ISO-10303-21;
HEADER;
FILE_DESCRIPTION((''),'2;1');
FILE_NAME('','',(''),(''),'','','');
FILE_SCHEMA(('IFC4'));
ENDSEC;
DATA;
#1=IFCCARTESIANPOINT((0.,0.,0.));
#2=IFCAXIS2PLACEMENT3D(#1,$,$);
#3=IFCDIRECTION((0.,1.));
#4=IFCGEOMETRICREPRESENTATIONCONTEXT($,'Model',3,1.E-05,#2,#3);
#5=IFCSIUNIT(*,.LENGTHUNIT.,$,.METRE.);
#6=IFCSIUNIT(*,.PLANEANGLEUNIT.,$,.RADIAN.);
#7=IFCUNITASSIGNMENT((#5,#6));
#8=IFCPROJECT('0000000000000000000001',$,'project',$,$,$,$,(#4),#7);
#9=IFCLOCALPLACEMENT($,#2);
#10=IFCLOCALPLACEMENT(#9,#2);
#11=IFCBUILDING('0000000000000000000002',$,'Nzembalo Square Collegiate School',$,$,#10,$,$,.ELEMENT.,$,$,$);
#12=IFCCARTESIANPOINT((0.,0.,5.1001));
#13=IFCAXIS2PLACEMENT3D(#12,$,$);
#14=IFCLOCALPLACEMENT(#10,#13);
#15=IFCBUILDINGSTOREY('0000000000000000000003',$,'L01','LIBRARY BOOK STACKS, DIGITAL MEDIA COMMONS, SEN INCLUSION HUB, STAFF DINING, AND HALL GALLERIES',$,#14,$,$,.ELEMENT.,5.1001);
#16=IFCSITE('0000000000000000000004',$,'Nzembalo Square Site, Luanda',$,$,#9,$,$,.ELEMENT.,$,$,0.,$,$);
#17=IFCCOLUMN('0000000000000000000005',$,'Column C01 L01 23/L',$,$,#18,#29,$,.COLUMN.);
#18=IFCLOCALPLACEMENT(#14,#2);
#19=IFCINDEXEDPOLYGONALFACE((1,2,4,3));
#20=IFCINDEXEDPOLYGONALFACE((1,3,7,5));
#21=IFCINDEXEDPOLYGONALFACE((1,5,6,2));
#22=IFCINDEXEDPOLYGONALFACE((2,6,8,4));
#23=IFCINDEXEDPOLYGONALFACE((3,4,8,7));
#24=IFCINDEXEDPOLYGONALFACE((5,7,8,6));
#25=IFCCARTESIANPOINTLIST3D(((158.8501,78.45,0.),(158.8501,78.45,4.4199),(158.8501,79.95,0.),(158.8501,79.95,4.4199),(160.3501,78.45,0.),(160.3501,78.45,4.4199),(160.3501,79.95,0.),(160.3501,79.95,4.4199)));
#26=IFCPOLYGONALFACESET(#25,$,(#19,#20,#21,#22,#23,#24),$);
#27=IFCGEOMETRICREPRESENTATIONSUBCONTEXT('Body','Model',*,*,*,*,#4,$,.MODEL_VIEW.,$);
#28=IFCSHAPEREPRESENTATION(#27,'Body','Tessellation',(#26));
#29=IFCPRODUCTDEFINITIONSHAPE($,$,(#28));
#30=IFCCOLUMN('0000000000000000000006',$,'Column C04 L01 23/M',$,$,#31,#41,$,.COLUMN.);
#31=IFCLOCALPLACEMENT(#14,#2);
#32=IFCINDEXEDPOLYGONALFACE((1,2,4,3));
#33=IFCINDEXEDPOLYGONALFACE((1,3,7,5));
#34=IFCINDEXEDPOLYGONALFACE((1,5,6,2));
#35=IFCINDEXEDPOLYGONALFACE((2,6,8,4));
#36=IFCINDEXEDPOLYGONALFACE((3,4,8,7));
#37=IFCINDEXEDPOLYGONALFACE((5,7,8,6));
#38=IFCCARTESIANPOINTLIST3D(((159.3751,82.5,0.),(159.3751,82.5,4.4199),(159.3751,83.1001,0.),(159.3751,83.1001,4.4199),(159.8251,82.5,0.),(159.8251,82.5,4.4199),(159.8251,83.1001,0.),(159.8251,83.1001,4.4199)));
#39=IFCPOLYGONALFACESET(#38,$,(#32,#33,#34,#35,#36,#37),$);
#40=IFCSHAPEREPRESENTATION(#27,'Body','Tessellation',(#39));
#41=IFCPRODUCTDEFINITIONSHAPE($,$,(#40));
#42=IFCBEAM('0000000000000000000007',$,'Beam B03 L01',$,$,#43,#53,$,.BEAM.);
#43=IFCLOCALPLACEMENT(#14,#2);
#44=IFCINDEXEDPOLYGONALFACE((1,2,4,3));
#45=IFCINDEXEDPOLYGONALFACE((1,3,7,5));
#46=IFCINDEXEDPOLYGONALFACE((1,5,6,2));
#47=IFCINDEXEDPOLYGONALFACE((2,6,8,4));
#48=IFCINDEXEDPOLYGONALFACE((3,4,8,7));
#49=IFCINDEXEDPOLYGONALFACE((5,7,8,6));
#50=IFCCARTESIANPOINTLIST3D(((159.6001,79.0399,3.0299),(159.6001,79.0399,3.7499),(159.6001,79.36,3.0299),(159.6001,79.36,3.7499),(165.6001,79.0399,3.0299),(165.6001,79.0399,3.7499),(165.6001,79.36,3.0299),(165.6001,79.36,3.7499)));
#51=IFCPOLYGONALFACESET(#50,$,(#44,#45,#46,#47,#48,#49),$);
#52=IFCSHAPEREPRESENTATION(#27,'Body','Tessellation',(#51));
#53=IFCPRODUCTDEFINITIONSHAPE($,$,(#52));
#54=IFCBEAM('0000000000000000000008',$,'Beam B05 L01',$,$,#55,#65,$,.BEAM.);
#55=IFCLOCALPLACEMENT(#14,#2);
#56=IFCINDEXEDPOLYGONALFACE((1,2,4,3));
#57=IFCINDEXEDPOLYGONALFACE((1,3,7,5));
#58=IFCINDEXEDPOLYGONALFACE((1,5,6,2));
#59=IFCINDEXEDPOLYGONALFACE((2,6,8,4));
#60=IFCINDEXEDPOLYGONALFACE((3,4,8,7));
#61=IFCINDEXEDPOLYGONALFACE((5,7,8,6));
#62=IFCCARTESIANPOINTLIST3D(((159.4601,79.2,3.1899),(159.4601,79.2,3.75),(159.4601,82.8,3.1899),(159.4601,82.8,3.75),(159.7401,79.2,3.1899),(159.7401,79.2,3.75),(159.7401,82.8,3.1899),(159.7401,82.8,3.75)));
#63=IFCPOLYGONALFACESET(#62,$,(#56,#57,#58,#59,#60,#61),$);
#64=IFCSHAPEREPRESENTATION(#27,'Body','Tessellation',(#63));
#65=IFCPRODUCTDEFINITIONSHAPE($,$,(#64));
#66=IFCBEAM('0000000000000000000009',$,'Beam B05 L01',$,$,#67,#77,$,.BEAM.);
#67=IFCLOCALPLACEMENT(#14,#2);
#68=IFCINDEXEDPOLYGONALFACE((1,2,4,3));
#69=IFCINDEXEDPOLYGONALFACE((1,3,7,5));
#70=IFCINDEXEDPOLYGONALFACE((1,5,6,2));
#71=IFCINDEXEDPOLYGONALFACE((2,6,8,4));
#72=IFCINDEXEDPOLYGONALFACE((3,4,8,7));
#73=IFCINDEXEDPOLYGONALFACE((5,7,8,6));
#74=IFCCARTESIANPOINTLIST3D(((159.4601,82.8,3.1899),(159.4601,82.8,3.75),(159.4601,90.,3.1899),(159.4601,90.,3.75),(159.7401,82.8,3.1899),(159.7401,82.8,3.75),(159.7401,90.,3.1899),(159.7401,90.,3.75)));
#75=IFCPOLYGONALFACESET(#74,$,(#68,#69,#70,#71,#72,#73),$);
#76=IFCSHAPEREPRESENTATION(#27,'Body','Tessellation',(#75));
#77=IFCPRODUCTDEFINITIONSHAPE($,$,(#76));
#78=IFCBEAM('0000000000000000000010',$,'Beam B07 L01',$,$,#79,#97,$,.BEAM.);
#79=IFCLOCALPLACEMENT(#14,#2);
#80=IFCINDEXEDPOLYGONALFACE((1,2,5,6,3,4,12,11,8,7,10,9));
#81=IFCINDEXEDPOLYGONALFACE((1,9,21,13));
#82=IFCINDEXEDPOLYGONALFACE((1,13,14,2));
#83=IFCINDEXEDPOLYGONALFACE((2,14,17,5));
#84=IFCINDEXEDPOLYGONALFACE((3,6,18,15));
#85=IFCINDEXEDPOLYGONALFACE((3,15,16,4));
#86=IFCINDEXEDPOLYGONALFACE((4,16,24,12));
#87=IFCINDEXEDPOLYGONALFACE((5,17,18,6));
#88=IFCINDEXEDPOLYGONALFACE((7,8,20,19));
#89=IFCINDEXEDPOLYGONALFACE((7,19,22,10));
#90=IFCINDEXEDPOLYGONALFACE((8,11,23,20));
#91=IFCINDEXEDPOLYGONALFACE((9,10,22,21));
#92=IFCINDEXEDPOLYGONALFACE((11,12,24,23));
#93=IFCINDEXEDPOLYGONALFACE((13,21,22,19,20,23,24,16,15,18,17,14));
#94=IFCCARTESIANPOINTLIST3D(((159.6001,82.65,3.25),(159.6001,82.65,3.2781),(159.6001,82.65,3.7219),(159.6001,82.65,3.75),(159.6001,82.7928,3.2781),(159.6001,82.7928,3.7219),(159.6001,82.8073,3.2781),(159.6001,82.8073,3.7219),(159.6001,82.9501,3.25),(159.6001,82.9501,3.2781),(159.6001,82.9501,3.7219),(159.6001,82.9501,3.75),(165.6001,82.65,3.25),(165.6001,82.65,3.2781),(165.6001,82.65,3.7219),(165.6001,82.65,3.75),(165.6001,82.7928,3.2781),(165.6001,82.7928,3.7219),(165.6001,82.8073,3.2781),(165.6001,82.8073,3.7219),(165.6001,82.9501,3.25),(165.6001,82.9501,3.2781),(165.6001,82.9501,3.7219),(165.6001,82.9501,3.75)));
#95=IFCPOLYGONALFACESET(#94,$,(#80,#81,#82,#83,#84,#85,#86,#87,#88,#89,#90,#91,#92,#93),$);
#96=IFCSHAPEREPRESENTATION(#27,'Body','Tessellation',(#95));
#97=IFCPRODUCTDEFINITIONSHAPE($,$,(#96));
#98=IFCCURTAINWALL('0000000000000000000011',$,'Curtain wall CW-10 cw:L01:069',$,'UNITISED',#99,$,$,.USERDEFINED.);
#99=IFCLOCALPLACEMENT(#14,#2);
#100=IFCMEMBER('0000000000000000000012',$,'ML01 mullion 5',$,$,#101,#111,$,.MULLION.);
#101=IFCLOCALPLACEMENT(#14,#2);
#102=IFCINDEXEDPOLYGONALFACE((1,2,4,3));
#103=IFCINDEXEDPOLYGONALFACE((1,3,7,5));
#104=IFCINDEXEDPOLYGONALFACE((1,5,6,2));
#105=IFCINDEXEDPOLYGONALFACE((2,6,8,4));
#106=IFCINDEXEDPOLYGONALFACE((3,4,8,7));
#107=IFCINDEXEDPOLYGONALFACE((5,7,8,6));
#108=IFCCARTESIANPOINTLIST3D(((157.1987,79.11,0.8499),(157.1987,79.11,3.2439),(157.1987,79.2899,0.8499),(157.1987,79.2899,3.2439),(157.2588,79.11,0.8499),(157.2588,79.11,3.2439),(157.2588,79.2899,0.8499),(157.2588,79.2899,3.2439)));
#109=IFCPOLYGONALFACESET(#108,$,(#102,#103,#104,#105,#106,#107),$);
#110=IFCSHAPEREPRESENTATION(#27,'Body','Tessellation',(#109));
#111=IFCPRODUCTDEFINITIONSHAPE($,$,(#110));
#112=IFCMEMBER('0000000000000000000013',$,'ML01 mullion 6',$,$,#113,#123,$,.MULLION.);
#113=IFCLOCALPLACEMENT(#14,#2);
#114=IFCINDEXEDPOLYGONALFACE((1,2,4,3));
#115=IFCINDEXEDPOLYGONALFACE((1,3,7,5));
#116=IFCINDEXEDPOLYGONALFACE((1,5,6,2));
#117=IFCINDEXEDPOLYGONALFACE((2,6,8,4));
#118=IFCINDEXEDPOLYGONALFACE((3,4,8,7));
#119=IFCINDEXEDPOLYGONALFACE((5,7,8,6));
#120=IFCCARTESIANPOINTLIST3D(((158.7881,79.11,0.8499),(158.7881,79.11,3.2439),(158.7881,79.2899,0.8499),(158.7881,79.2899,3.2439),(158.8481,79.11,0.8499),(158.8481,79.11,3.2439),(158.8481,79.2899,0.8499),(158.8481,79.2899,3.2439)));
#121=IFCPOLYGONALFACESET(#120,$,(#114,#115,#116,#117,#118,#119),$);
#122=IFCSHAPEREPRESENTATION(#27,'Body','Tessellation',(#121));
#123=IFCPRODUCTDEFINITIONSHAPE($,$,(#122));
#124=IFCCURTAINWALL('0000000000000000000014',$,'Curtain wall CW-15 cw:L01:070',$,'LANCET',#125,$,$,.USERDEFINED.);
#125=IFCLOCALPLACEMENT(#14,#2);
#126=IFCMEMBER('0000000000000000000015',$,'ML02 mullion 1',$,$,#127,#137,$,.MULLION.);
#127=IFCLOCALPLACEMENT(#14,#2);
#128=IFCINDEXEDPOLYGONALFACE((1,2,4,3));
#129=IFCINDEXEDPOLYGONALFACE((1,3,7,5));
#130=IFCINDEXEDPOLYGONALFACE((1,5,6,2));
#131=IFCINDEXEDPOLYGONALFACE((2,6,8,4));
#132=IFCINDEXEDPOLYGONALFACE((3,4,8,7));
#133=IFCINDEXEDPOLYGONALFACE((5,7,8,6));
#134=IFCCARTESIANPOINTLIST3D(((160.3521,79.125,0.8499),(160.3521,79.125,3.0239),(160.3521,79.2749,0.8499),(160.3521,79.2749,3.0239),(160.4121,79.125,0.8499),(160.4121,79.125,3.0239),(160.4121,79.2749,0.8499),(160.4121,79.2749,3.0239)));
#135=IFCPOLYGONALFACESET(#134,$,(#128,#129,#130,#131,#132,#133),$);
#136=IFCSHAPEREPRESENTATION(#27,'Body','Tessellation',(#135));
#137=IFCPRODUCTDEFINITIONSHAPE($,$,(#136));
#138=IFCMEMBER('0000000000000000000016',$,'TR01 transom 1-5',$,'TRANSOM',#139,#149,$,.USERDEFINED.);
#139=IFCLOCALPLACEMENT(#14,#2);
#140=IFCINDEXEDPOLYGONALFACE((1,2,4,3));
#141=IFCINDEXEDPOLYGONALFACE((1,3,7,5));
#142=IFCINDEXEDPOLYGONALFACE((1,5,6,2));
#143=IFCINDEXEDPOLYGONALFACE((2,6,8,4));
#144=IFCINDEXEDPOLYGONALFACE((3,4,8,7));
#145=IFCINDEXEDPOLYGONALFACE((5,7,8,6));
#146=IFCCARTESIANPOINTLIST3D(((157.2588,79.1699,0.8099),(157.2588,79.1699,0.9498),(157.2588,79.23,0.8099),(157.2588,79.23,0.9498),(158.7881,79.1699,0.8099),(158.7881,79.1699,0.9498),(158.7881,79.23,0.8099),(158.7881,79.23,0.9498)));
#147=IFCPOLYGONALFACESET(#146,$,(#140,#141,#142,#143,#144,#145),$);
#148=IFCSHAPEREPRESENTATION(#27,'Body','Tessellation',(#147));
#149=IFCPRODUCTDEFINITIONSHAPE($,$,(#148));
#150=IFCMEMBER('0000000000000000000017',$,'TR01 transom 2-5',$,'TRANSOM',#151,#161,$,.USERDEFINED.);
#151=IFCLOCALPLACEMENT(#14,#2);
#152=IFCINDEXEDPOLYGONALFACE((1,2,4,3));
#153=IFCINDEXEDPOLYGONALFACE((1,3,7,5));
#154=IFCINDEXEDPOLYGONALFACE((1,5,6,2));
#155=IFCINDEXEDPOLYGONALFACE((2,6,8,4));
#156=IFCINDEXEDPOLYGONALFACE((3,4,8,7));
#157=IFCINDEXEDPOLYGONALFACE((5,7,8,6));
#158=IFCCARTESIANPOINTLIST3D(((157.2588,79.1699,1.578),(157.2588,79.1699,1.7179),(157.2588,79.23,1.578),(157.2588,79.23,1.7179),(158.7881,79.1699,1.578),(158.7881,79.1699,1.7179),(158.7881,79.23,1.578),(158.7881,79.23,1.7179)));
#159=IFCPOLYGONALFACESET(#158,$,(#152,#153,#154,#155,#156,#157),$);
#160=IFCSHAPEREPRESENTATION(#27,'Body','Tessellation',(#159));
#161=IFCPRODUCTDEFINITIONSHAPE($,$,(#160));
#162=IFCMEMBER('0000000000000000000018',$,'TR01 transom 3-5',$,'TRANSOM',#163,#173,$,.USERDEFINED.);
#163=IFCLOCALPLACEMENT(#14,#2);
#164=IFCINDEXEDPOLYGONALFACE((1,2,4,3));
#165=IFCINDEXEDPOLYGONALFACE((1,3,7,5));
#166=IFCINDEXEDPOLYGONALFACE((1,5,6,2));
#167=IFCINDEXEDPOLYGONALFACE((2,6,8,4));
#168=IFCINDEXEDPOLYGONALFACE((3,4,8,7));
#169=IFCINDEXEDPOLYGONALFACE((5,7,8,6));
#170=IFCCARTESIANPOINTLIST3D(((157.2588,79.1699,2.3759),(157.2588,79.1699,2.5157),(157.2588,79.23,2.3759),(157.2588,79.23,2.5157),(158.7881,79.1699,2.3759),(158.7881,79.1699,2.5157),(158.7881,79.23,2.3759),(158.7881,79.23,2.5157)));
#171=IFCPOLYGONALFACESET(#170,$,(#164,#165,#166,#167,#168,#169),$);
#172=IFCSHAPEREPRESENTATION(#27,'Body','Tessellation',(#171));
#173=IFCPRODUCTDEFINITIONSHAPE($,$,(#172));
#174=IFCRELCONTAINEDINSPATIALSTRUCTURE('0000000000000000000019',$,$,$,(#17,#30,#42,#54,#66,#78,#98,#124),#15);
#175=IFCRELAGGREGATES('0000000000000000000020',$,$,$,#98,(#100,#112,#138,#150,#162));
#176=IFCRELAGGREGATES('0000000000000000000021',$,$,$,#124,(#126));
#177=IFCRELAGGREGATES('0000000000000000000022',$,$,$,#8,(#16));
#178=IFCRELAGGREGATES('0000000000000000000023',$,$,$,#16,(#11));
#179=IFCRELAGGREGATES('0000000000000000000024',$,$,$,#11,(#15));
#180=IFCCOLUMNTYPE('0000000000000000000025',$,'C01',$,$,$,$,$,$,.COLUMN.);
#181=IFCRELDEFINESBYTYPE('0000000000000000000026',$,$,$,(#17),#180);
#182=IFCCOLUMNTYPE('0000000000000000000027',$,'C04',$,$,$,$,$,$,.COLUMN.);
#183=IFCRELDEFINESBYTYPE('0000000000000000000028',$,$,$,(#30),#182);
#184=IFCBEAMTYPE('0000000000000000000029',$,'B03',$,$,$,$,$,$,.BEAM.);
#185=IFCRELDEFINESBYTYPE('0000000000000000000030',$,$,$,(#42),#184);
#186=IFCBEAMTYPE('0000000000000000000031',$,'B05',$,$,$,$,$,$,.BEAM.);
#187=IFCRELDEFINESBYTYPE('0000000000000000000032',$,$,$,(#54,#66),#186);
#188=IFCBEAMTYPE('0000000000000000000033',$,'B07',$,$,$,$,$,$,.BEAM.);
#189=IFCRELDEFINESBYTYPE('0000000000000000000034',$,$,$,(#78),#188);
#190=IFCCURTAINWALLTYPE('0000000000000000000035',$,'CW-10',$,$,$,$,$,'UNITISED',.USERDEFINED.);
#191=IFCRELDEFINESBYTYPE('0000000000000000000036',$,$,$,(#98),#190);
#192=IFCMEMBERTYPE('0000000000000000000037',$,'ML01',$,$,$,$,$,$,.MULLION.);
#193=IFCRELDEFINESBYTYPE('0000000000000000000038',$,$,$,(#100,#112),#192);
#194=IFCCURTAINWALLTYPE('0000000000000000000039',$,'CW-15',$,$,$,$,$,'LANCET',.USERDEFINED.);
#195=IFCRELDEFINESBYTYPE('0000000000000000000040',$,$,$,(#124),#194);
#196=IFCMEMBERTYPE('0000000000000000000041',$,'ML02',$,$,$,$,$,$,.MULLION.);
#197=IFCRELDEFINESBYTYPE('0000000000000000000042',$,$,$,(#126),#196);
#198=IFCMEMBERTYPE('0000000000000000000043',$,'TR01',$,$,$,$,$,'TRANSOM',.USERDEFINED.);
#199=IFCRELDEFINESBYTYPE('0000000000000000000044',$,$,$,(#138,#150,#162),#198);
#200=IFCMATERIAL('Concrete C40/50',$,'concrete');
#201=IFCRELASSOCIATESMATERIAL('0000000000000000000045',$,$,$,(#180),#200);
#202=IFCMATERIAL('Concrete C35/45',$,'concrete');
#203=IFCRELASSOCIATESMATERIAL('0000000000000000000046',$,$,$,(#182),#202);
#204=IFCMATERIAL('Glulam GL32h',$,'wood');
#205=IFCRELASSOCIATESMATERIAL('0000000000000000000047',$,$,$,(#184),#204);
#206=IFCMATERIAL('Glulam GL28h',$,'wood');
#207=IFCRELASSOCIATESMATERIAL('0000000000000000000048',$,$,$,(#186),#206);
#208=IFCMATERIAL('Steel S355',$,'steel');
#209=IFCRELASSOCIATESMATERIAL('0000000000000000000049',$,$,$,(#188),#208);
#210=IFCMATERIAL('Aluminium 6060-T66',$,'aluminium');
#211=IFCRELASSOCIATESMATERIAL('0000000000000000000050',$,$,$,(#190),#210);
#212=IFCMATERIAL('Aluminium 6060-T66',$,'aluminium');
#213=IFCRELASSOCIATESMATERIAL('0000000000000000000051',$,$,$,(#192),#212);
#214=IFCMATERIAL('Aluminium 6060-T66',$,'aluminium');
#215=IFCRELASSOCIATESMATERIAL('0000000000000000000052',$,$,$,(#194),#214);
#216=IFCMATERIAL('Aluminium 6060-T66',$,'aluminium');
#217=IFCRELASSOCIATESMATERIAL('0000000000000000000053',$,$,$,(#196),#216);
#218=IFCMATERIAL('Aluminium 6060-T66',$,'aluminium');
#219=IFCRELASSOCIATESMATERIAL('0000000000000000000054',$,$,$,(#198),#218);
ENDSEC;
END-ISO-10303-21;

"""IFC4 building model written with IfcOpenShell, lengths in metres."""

from ifc_helpers import new_model, si_unit, direction, frame, origin, origin_2d, place, context, subcontext, project, spatial, rectangle, i_section, extrude, material, material_profile, profile_set, type_object, element, aggregate, save


model = new_model("IFC4")

# Units and contexts
model_context = context("Model", 3, precision=1e-05, world=origin(), true_north=direction((0.0, 1.0)))
body_context = subcontext(model_context, "Body", "Model", "MODEL_VIEW")
ifc_project = project(units=[si_unit("LENGTHUNIT", "METRE"), si_unit("PLANEANGLEUNIT", "RADIAN")], contexts=[model_context])

# Site, building, storey
site_placement = place(None, origin())
site = spatial("IfcSite", under=ifc_project, at=site_placement, Name="Nzembalo Square Site, Luanda", CompositionType="ELEMENT", RefElevation=0.0)
building_placement = place(site_placement, origin())
building = spatial("IfcBuilding", under=site, at=building_placement, Name="Nzembalo Square Collegiate School", CompositionType="ELEMENT")
storey_placement = place(building_placement, frame((0.0, 0.0, 5.1001)))
storey = spatial("IfcBuildingStorey", under=building, at=storey_placement, Name="L01", Description="LIBRARY BOOK STACKS, DIGITAL MEDIA COMMONS, SEN INCLUSION HUB, STAFF DINING, AND HALL GALLERIES", CompositionType="ELEMENT", Elevation=5.1001)

# Columns
ifc_material_1 = material(Name="Concrete C40/50", Category="concrete")
ifc_material_profile_1 = material_profile(ifc_material_1, rectangle(XDim=1.5, YDim=1.5, at=origin_2d()), Name="RC 1500x1500")
ifc_profile_set_1 = profile_set([ifc_material_profile_1], Name="Concrete C40/50")
column_type_1 = type_object("IfcColumnType", Name="C01", PredefinedType="COLUMN", material=ifc_profile_set_1)
column_1_placement = place(storey_placement, frame((159.6001, 79.2, 0.0), z_axis=(0.0, 0.0, 1.0), x_axis=(1.0, 0.0, 0.0)))
element("IfcColumn", 1, at=column_1_placement, inside=storey, type_object=column_type_1, Name="Column C01 L01 23/L", PredefinedType="COLUMN", context=body_context, shape_type="SweptSolid", body=[
    extrude(rectangle(XDim=1.5, YDim=1.5, at=origin_2d()), origin(), (0.0, 0.0, 1.0), 4.4199),
])
ifc_material_2 = material(Name="Concrete C35/45", Category="concrete")
ifc_material_profile_2 = material_profile(ifc_material_2, rectangle(XDim=0.45, YDim=0.6001, at=origin_2d()), Name="RC 450x600")
ifc_profile_set_2 = profile_set([ifc_material_profile_2], Name="Concrete C35/45")
column_type_2 = type_object("IfcColumnType", Name="C04", PredefinedType="COLUMN", material=ifc_profile_set_2)
column_2_placement = place(storey_placement, frame((159.6001, 82.8, 0.0), z_axis=(0.0, 0.0, 1.0), x_axis=(1.0, 0.0, 0.0)))
element("IfcColumn", 2, at=column_2_placement, inside=storey, type_object=column_type_2, Name="Column C04 L01 23/M", PredefinedType="COLUMN", context=body_context, shape_type="SweptSolid", body=[
    extrude(rectangle(XDim=0.45, YDim=0.6001, at=origin_2d()), origin(), (0.0, 0.0, 1.0), 4.4199),
])

# Beams
ifc_material_3 = material(Name="Glulam GL32h", Category="wood")
ifc_material_profile_3 = material_profile(ifc_material_3, rectangle(XDim=0.3201, YDim=0.72, at=origin_2d()), Name="GL32h 320x720")
ifc_profile_set_3 = profile_set([ifc_material_profile_3], Name="Glulam GL32h")
beam_type_1 = type_object("IfcBeamType", Name="B03", PredefinedType="BEAM", material=ifc_profile_set_3)
beam_1_placement = place(storey_placement, frame((159.6001, 79.2, 3.3899), z_axis=(1.0, 0.0, 0.0), x_axis=(0.0, 1.0, 0.0)))
element("IfcBeam", 3, at=beam_1_placement, inside=storey, type_object=beam_type_1, Name="Beam B03 L01", PredefinedType="BEAM", context=body_context, shape_type="SweptSolid", body=[
    extrude(rectangle(XDim=0.3201, YDim=0.72, at=origin_2d()), origin(), (0.0, 0.0, 1.0), 6.0),
])
ifc_material_4 = material(Name="Glulam GL28h", Category="wood")
ifc_material_profile_4 = material_profile(ifc_material_4, rectangle(XDim=0.28, YDim=0.5601, at=origin_2d()), Name="GL28h 280x560")
ifc_profile_set_4 = profile_set([ifc_material_profile_4], Name="Glulam GL28h")
beam_type_2 = type_object("IfcBeamType", Name="B05", PredefinedType="BEAM", material=ifc_profile_set_4)
beam_2_placement = place(storey_placement, frame((159.6001, 79.2, 3.47), z_axis=(0.0, 1.0, 0.0), x_axis=(-1.0, 0.0, 0.0)))
element("IfcBeam", 4, at=beam_2_placement, inside=storey, type_object=beam_type_2, Name="Beam B05 L01", PredefinedType="BEAM", context=body_context, shape_type="SweptSolid", body=[
    extrude(rectangle(XDim=0.28, YDim=0.5601, at=origin_2d()), origin(), (0.0, 0.0, 1.0), 3.6001),
])
beam_3_placement = place(storey_placement, frame((159.6001, 82.8, 3.47), z_axis=(0.0, 1.0, 0.0), x_axis=(-1.0, 0.0, 0.0)))
element("IfcBeam", 5, at=beam_3_placement, inside=storey, type_object=beam_type_2, Name="Beam B05 L01", PredefinedType="BEAM", context=body_context, shape_type="SweptSolid", body=[
    extrude(rectangle(XDim=0.28, YDim=0.5601, at=origin_2d()), origin(), (0.0, 0.0, 1.0), 7.2),
])
ifc_material_5 = material(Name="Steel S355", Category="steel")
ifc_material_profile_5 = material_profile(ifc_material_5, i_section(OverallWidth=0.3, OverallDepth=0.5, WebThickness=0.0144, FlangeThickness=0.0281, at=origin_2d()), Name="HEB 500")
ifc_profile_set_5 = profile_set([ifc_material_profile_5], Name="Steel S355")
beam_type_3 = type_object("IfcBeamType", Name="B07", PredefinedType="BEAM", material=ifc_profile_set_5)
beam_4_placement = place(storey_placement, frame((159.6001, 82.8, 3.5), z_axis=(1.0, 0.0, 0.0), x_axis=(0.0, 1.0, 0.0)))
element("IfcBeam", 6, at=beam_4_placement, inside=storey, type_object=beam_type_3, Name="Beam B07 L01", PredefinedType="BEAM", context=body_context, shape_type="SweptSolid", body=[
    extrude(i_section(OverallWidth=0.3, OverallDepth=0.5, WebThickness=0.0144, FlangeThickness=0.0281, at=origin_2d()), origin(), (0.0, 0.0, 1.0), 6.0),
])

# Curtain wall, members
ifc_material_6 = material(Name="Aluminium 6060-T66", Category="aluminium")
curtain_wall_type_1 = type_object("IfcCurtainWallType", Name="CW-10", ElementType="UNITISED", PredefinedType="USERDEFINED", material=ifc_material_6)
curtain_wall_1_placement = place(storey_placement, origin())
curtain_wall_1 = element("IfcCurtainWall", 7, at=curtain_wall_1_placement, inside=storey, type_object=curtain_wall_type_1, Name="Curtain wall CW-10 cw:L01:069", ObjectType="UNITISED", PredefinedType="USERDEFINED")
ifc_material_7 = material(Name="Aluminium 6060-T66", Category="aluminium")
ifc_material_profile_6 = material_profile(ifc_material_7, rectangle(XDim=0.0601, YDim=0.1799, at=origin_2d()), Name="ALU M60x180")
ifc_profile_set_6 = profile_set([ifc_material_profile_6], Name="Aluminium 6060-T66")
member_type_1 = type_object("IfcMemberType", Name="ML01", PredefinedType="MULLION", material=ifc_profile_set_6)
member_1_placement = place(storey_placement, frame((157.2288, 79.2, 0.8499), z_axis=(0.0, 0.0, 1.0), x_axis=(1.0, 0.0, 0.0)))
member_1 = element("IfcMember", 8, at=member_1_placement, type_object=member_type_1, Name="ML01 mullion 5", PredefinedType="MULLION", context=body_context, shape_type="SweptSolid", body=[
    extrude(rectangle(XDim=0.0601, YDim=0.1799, at=origin_2d()), origin(), (0.0, 0.0, 1.0), 2.394),
])
member_2_placement = place(storey_placement, frame((158.8181, 79.2, 0.8499), z_axis=(0.0, 0.0, 1.0), x_axis=(1.0, 0.0, 0.0)))
member_2 = element("IfcMember", 9, at=member_2_placement, type_object=member_type_1, Name="ML01 mullion 6", PredefinedType="MULLION", context=body_context, shape_type="SweptSolid", body=[
    extrude(rectangle(XDim=0.0601, YDim=0.1799, at=origin_2d()), origin(), (0.0, 0.0, 1.0), 2.394),
])

# Curtain wall, member
ifc_material_8 = material(Name="Aluminium 6060-T66", Category="aluminium")
curtain_wall_type_2 = type_object("IfcCurtainWallType", Name="CW-15", ElementType="LANCET", PredefinedType="USERDEFINED", material=ifc_material_8)
curtain_wall_2_placement = place(storey_placement, origin())
curtain_wall_2 = element("IfcCurtainWall", 10, at=curtain_wall_2_placement, inside=storey, type_object=curtain_wall_type_2, Name="Curtain wall CW-15 cw:L01:070", ObjectType="LANCET", PredefinedType="USERDEFINED")
ifc_material_9 = material(Name="Aluminium 6060-T66", Category="aluminium")
ifc_material_profile_7 = material_profile(ifc_material_9, rectangle(XDim=0.0601, YDim=0.1499, at=origin_2d()), Name="ALU M60x150")
ifc_profile_set_7 = profile_set([ifc_material_profile_7], Name="Aluminium 6060-T66")
member_type_2 = type_object("IfcMemberType", Name="ML02", PredefinedType="MULLION", material=ifc_profile_set_7)
member_3_placement = place(storey_placement, frame((160.3821, 79.2, 0.8499), z_axis=(0.0, 0.0, 1.0), x_axis=(1.0, 0.0, 0.0)))
member_3 = element("IfcMember", 11, at=member_3_placement, type_object=member_type_2, Name="ML02 mullion 1", PredefinedType="MULLION", context=body_context, shape_type="SweptSolid", body=[
    extrude(rectangle(XDim=0.0601, YDim=0.1499, at=origin_2d()), origin(), (0.0, 0.0, 1.0), 2.1741),
])

# Members
ifc_material_10 = material(Name="Aluminium 6060-T66", Category="aluminium")
ifc_material_profile_8 = material_profile(ifc_material_10, rectangle(XDim=0.0601, YDim=0.1399, at=origin_2d()), Name="ALU T60x140")
ifc_profile_set_8 = profile_set([ifc_material_profile_8], Name="Aluminium 6060-T66")
member_type_3 = type_object("IfcMemberType", Name="TR01", ElementType="TRANSOM", PredefinedType="USERDEFINED", material=ifc_profile_set_8)
member_4_placement = place(storey_placement, frame((157.2588, 79.2, 0.8799), z_axis=(1.0, 0.0, 0.0), x_axis=(0.0, 1.0, 0.0)))
member_4 = element("IfcMember", 12, at=member_4_placement, type_object=member_type_3, Name="TR01 transom 1-5", ObjectType="TRANSOM", PredefinedType="USERDEFINED", context=body_context, shape_type="SweptSolid", body=[
    extrude(rectangle(XDim=0.0601, YDim=0.1399, at=origin_2d()), origin(), (0.0, 0.0, 1.0), 1.5293),
])
member_5_placement = place(storey_placement, frame((157.2588, 79.2, 1.6479), z_axis=(1.0, 0.0, 0.0), x_axis=(0.0, 1.0, 0.0)))
member_5 = element("IfcMember", 13, at=member_5_placement, type_object=member_type_3, Name="TR01 transom 2-5", ObjectType="TRANSOM", PredefinedType="USERDEFINED", context=body_context, shape_type="SweptSolid", body=[
    extrude(rectangle(XDim=0.0601, YDim=0.1399, at=origin_2d()), origin(), (0.0, 0.0, 1.0), 1.5293),
])
member_6_placement = place(storey_placement, frame((157.2588, 79.2, 2.4458), z_axis=(1.0, 0.0, 0.0), x_axis=(0.0, 1.0, 0.0)))
member_6 = element("IfcMember", 14, at=member_6_placement, type_object=member_type_3, Name="TR01 transom 3-5", ObjectType="TRANSOM", PredefinedType="USERDEFINED", context=body_context, shape_type="SweptSolid", body=[
    extrude(rectangle(XDim=0.0601, YDim=0.1399, at=origin_2d()), origin(), (0.0, 0.0, 1.0), 1.5293),
])

aggregate(curtain_wall_1, [member_1, member_2, member_4, member_5, member_6])
aggregate(curtain_wall_2, [member_3])

save(model, "model.ifc")
